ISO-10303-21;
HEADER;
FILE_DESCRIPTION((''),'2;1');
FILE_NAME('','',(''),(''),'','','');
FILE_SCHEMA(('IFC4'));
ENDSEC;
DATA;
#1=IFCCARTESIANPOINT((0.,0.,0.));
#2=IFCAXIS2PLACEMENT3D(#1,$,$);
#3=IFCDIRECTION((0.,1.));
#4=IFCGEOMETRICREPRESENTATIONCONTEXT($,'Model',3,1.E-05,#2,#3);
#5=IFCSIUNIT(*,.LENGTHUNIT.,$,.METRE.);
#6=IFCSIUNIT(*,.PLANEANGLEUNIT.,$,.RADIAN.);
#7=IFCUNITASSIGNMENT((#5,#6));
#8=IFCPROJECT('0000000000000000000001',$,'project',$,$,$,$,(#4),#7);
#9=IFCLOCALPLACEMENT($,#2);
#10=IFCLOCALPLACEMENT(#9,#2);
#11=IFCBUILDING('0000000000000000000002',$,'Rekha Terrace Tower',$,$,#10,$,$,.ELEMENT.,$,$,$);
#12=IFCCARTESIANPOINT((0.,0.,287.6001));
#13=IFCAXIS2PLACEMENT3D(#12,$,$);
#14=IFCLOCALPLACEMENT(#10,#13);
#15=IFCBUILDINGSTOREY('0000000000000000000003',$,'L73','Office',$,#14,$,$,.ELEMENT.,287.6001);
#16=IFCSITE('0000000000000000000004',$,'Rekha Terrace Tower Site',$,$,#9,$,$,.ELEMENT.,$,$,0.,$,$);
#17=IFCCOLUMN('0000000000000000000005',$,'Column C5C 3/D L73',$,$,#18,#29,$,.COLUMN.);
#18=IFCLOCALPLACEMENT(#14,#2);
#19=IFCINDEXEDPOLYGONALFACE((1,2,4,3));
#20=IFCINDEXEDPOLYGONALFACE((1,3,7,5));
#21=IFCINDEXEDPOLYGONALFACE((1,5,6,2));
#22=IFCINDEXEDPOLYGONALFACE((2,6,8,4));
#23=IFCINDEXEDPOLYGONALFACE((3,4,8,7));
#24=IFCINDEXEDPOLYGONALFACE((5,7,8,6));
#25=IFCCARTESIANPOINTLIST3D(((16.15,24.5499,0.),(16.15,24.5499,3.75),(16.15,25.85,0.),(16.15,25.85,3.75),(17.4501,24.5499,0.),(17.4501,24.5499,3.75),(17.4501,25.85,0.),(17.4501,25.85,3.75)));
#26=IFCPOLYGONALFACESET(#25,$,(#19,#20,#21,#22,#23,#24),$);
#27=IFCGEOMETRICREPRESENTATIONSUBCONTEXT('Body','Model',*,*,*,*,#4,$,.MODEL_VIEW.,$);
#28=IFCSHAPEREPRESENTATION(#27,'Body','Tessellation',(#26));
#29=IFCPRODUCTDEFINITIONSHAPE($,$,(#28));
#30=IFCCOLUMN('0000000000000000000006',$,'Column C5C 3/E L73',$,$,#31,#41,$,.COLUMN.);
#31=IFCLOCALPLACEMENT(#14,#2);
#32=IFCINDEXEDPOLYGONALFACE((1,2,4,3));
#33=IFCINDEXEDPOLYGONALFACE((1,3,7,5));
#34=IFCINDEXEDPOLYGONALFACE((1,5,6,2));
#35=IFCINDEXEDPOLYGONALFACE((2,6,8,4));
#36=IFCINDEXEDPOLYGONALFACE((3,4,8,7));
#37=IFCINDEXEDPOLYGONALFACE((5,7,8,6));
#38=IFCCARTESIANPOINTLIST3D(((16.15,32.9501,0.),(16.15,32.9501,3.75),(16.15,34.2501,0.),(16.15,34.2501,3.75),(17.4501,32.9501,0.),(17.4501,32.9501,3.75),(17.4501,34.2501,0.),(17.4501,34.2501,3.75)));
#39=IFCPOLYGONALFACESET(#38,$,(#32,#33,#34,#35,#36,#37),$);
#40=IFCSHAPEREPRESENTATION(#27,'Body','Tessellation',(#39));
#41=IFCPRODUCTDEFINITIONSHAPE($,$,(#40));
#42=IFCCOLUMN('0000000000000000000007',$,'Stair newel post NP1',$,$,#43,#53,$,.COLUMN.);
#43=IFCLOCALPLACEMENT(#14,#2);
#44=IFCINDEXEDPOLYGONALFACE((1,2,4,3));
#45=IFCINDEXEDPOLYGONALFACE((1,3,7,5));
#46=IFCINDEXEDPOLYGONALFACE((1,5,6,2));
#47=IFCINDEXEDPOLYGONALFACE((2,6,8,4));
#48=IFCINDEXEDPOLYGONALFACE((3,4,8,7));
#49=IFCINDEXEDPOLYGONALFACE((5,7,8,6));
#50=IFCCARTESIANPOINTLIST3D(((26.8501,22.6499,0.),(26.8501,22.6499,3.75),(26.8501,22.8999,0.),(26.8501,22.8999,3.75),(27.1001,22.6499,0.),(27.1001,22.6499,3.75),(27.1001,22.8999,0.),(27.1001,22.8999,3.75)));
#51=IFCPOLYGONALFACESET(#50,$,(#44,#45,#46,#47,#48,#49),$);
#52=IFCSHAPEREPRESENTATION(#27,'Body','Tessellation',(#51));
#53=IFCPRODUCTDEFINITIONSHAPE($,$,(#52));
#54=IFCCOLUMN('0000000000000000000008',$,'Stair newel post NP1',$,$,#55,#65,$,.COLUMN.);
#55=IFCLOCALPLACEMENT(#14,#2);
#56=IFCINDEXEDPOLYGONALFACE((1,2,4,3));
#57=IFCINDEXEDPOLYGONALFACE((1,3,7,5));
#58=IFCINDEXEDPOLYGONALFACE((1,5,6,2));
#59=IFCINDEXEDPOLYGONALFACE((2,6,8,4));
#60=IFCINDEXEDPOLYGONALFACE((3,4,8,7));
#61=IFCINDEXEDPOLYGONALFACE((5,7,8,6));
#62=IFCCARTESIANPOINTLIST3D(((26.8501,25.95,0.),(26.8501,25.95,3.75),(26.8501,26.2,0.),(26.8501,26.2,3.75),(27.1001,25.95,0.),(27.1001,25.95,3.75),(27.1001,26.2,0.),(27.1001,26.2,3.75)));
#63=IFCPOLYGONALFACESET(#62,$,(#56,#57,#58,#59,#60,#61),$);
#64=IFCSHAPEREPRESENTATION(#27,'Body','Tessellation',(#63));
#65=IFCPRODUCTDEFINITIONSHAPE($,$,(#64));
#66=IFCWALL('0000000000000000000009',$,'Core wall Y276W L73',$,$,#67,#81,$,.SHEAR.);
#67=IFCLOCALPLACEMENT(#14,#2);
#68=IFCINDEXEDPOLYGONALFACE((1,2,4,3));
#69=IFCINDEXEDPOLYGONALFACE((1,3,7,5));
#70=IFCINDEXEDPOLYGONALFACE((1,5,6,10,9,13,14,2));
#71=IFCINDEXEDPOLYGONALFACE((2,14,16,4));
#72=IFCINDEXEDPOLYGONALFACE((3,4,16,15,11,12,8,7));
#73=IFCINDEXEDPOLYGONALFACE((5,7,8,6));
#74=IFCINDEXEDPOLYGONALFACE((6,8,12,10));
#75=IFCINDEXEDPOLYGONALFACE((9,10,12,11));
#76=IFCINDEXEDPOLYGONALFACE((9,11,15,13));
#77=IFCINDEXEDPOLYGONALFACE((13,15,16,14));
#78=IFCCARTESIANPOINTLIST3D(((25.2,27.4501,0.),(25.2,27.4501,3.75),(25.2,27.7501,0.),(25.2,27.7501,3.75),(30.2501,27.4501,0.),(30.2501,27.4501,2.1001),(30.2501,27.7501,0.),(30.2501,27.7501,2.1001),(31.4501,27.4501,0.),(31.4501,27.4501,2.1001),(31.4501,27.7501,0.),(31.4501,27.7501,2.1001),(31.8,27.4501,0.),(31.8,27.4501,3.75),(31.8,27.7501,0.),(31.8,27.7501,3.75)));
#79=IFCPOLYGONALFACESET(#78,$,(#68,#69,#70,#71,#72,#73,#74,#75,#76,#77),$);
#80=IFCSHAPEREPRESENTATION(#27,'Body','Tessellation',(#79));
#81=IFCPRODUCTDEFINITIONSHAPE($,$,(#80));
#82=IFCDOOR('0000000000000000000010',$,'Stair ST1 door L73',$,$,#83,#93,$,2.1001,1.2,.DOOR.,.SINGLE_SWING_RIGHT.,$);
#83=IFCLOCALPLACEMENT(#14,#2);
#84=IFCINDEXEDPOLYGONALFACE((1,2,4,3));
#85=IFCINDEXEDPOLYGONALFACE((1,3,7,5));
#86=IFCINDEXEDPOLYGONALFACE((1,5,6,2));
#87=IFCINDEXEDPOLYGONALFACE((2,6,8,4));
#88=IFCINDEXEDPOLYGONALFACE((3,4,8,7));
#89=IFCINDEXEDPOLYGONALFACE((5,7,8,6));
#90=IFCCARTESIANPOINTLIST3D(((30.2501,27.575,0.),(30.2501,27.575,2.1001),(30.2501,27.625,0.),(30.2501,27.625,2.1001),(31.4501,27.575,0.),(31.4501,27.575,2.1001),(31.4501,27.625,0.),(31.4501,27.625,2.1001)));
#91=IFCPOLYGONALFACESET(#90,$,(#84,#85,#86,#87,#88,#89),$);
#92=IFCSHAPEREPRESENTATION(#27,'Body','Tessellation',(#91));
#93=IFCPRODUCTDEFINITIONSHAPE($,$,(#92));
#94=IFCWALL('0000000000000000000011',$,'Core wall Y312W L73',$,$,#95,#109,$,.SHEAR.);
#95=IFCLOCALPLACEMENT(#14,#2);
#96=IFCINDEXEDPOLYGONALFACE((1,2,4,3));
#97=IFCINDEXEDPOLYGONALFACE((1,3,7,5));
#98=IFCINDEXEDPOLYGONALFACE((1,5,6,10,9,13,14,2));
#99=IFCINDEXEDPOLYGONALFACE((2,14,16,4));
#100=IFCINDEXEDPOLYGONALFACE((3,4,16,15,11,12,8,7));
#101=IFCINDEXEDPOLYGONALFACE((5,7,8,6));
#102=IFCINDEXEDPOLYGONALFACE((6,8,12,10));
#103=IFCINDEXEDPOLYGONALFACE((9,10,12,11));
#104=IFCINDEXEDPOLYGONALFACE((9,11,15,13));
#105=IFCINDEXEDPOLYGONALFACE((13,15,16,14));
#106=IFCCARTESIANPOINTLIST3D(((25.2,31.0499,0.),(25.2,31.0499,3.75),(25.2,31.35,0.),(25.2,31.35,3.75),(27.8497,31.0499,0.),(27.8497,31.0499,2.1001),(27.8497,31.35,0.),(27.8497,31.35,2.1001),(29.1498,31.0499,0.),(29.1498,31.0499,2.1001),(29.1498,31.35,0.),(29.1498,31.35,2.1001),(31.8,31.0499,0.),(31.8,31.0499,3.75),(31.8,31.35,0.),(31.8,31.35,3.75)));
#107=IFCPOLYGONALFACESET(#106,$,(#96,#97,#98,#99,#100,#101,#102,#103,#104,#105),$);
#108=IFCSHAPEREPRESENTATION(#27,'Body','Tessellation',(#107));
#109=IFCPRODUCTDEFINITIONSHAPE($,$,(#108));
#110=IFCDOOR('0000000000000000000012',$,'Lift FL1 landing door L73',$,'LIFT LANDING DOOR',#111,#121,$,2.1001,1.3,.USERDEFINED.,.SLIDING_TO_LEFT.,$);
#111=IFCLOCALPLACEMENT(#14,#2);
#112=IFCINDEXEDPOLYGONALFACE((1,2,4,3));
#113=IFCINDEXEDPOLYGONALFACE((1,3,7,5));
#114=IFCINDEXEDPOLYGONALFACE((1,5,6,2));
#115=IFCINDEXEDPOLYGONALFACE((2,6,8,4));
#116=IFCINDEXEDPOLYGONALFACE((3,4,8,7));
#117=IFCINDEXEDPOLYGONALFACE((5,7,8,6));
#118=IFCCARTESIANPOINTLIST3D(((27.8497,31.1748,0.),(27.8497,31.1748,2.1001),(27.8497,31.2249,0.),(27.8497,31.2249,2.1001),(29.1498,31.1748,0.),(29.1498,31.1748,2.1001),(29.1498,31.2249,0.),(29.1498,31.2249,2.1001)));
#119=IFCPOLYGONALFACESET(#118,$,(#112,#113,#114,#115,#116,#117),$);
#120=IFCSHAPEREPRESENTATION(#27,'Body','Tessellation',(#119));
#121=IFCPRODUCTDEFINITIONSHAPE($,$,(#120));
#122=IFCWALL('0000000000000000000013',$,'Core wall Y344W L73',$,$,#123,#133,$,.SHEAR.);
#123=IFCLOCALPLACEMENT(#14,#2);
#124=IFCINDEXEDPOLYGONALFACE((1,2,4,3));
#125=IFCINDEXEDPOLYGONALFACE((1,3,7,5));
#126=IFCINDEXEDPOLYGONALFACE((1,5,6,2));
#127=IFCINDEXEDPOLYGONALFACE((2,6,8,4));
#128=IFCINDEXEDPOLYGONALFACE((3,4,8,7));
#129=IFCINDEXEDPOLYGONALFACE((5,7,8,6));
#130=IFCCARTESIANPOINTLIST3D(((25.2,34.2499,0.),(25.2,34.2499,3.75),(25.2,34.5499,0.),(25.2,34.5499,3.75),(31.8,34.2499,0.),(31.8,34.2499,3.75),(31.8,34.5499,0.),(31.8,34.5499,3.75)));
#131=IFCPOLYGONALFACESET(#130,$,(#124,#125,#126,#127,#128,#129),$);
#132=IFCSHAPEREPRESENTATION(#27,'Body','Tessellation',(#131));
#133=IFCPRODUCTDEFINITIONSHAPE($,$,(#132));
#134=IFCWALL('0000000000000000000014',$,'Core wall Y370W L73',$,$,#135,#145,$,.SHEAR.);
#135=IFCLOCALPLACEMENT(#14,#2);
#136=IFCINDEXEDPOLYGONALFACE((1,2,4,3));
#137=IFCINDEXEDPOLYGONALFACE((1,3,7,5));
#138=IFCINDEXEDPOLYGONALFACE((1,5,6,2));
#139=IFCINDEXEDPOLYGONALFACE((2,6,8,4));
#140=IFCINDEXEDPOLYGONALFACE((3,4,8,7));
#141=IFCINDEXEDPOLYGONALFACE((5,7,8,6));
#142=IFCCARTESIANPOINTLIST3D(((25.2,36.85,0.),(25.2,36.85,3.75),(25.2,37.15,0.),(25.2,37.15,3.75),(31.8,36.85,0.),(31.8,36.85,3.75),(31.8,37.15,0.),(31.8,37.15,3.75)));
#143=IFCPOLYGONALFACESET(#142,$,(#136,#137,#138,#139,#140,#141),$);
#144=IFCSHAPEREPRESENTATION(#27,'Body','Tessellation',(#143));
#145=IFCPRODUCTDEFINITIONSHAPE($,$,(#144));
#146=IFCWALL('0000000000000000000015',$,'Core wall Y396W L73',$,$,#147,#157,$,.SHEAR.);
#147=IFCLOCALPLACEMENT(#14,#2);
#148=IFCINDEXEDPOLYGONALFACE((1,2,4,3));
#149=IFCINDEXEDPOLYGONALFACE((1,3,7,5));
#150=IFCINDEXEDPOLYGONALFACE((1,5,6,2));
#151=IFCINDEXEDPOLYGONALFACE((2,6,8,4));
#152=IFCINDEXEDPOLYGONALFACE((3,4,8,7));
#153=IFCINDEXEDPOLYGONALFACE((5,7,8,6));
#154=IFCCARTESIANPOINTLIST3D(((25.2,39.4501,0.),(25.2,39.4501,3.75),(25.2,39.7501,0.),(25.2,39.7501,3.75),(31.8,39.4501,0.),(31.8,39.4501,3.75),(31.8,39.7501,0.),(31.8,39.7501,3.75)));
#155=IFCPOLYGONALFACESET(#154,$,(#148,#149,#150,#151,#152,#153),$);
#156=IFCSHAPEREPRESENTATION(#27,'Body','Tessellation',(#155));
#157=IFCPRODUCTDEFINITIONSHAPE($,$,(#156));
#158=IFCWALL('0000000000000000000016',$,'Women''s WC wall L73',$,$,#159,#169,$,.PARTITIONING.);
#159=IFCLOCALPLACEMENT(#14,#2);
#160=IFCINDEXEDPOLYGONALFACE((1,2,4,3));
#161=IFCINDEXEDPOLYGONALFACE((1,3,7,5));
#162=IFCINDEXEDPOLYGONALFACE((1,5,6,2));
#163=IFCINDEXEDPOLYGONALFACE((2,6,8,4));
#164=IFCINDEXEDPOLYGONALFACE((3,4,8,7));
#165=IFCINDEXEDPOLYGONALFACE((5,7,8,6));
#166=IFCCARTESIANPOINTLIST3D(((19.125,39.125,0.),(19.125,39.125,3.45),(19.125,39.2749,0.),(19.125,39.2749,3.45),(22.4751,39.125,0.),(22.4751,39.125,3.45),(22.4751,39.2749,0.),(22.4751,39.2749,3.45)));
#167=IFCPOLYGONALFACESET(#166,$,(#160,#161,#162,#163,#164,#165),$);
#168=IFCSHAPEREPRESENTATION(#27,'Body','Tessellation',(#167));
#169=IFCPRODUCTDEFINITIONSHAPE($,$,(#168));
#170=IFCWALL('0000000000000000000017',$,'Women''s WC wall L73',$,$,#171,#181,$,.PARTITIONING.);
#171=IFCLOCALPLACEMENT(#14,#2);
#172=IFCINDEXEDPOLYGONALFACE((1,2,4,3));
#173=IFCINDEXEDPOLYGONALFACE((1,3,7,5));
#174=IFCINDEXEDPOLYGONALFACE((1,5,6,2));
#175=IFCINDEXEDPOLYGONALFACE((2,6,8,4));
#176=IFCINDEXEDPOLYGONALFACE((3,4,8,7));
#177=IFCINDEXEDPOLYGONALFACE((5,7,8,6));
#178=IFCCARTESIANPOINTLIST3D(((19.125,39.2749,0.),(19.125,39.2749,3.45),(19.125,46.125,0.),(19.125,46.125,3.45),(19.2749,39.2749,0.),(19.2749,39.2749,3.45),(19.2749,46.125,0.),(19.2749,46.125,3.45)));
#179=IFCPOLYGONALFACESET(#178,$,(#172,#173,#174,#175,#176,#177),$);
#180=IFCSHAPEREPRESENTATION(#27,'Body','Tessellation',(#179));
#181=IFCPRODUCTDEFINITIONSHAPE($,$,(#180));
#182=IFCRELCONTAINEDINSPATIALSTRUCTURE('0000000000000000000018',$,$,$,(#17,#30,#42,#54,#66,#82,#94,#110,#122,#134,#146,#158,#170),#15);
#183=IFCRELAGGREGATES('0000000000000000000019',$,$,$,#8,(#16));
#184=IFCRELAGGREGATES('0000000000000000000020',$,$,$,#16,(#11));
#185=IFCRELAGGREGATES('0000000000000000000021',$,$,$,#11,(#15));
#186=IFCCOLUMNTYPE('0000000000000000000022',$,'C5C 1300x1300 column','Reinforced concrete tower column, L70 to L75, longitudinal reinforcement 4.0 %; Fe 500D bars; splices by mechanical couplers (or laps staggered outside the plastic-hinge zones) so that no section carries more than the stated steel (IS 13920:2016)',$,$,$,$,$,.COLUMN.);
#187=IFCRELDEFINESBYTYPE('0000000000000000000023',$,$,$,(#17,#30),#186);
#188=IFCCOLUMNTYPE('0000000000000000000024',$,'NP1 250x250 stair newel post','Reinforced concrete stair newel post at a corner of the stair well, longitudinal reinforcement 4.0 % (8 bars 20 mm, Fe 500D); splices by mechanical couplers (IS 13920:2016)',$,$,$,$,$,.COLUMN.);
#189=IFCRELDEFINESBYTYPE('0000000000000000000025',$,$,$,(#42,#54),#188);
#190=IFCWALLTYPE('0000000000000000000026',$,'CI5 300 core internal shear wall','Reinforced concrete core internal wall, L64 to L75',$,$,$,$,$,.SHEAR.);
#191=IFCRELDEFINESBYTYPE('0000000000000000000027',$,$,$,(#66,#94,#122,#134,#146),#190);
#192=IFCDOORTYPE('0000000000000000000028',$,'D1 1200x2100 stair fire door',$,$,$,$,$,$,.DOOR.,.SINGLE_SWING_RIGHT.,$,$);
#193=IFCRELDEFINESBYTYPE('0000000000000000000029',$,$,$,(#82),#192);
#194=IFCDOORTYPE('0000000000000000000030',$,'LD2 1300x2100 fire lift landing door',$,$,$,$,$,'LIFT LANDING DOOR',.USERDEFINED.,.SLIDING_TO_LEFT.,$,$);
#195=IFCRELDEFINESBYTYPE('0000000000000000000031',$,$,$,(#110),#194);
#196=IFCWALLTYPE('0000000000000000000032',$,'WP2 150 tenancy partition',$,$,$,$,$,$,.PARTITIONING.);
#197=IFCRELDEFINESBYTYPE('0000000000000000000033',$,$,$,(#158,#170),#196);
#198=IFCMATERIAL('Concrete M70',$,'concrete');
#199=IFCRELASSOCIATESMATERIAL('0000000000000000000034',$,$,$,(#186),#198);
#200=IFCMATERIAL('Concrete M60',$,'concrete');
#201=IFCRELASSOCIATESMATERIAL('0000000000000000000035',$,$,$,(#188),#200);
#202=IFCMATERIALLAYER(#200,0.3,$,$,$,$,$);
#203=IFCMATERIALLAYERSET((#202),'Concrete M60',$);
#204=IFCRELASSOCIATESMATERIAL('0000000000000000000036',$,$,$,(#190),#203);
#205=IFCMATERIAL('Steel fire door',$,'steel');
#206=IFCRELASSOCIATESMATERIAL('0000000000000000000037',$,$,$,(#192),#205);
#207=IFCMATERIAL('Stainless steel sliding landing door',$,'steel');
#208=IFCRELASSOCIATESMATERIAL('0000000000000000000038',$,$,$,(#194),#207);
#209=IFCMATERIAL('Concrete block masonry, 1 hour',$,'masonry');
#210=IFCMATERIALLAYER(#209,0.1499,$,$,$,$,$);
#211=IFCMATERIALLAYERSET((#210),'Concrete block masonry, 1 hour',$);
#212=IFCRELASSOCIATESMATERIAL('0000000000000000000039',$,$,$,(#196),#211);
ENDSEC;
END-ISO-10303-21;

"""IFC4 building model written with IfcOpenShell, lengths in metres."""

from ifc_helpers import new_model, si_unit, direction, frame, frame_2d, origin, origin_2d, place, context, subcontext, project, spatial, rectangle, extrude, material, layer, layer_set, material_profile, profile_set, type_object, element, fill, save


model = new_model("IFC4")

# Units and contexts
model_context = context("Model", 3, precision=1e-05, world=origin(), true_north=direction((0.0, 1.0)))
body_context = subcontext(model_context, "Body", "Model", "MODEL_VIEW")
ifc_project = project(units=[si_unit("LENGTHUNIT", "METRE"), si_unit("PLANEANGLEUNIT", "RADIAN")], contexts=[model_context])

# Site, building, storey
site_placement = place(None, origin())
site = spatial("IfcSite", under=ifc_project, at=site_placement, Name="Rekha Terrace Tower Site", CompositionType="ELEMENT", RefElevation=0.0)
building_placement = place(site_placement, origin())
building = spatial("IfcBuilding", under=site, at=building_placement, Name="Rekha Terrace Tower", CompositionType="ELEMENT")
storey_placement = place(building_placement, frame((0.0, 0.0, 287.6001)))
storey = spatial("IfcBuildingStorey", under=building, at=storey_placement, Name="L73", Description="Office", CompositionType="ELEMENT", Elevation=287.6001)

# Columns
ifc_material_1 = material(Name="Concrete M70", Category="concrete")
ifc_material_profile_1 = material_profile(ifc_material_1, rectangle(XDim=1.3, YDim=1.3, at=origin_2d()), Name="RC 1300x1300")
ifc_profile_set_1 = profile_set([ifc_material_profile_1], Name="Concrete M70")
column_type_1 = type_object("IfcColumnType", Name="C5C 1300x1300 column", Description="Reinforced concrete tower column, L70 to L75, longitudinal reinforcement 4.0 %; Fe 500D bars; splices by mechanical couplers (or laps staggered outside the plastic-hinge zones) so that no section carries more than the stated steel (IS 13920:2016)", PredefinedType="COLUMN", material=ifc_profile_set_1)
for number, where, z_axis, x_axis, name in (
    (1, (16.8, 25.2, 0.0), (0.0, 0.0, 1.0), (1.0, 0.0, 0.0), "Column C5C 3/D L73"),
    (2, (16.8, 33.6001, 0.0), (0.0, 0.0, 1.0), (1.0, 0.0, 0.0), "Column C5C 3/E L73"),
):
    element("IfcColumn", number, at=place(storey_placement, frame(where, z_axis=z_axis, x_axis=x_axis)), inside=storey, type_object=column_type_1, Name=name, PredefinedType="COLUMN", context=body_context, shape_type="SweptSolid", body=[
        extrude(rectangle(XDim=1.3, YDim=1.3, at=origin_2d()), origin(), (0.0, 0.0, 1.0), 3.75),
    ])
ifc_material_2 = material(Name="Concrete M60", Category="concrete")
ifc_material_profile_2 = material_profile(ifc_material_2, rectangle(XDim=0.25, YDim=0.25, at=origin_2d()), Name="RC 250x250")
ifc_profile_set_2 = profile_set([ifc_material_profile_2], Name="Concrete M60")
column_type_2 = type_object("IfcColumnType", Name="NP1 250x250 stair newel post", Description="Reinforced concrete stair newel post at a corner of the stair well, longitudinal reinforcement 4.0 % (8 bars 20 mm, Fe 500D); splices by mechanical couplers (IS 13920:2016)", PredefinedType="COLUMN", material=ifc_profile_set_2)
for number, where, z_axis, x_axis, name in (
    (3, (26.9751, 22.7749, 0.0), (0.0, 0.0, 1.0), (1.0, 0.0, 0.0), "Stair newel post NP1"),
    (4, (26.9751, 26.075, 0.0), (0.0, 0.0, 1.0), (1.0, 0.0, 0.0), "Stair newel post NP1"),
):
    element("IfcColumn", number, at=place(storey_placement, frame(where, z_axis=z_axis, x_axis=x_axis)), inside=storey, type_object=column_type_2, Name=name, PredefinedType="COLUMN", context=body_context, shape_type="SweptSolid", body=[
        extrude(rectangle(XDim=0.25, YDim=0.25, at=origin_2d()), origin(), (0.0, 0.0, 1.0), 3.75),
    ])

# Walls, openings, doors
ifc_layer_1 = layer(ifc_material_2, 0.3)
ifc_layer_set_1 = layer_set([ifc_layer_1], Name="Concrete M60")
wall_type_1 = type_object("IfcWallType", Name="CI5 300 core internal shear wall", Description="Reinforced concrete core internal wall, L64 to L75", PredefinedType="SHEAR", material=ifc_layer_set_1)
wall_1_placement = place(storey_placement, frame((25.2, 27.6001, 0.0), z_axis=(0.0, 0.0, 1.0), x_axis=(1.0, 0.0, 0.0)))
wall_1 = element("IfcWall", 5, at=wall_1_placement, inside=storey, type_object=wall_type_1, Name="Core wall Y276W L73", PredefinedType="SHEAR", context=body_context, shape_type="SweptSolid", body=[
    extrude(rectangle(XDim=6.6001, YDim=0.3, at=frame_2d((3.3, 0.0))), origin(), (0.0, 0.0, 1.0), 3.75),
])
opening_1_placement = place(wall_1_placement, frame((5.05, 0.0, 0.0)))
opening_1 = element("IfcOpeningElement", 6, at=opening_1_placement, cuts=wall_1, PredefinedType="OPENING", context=body_context, shape_type="SweptSolid", body=[
    extrude(rectangle(XDim=1.2, YDim=2.1001, at=frame_2d((0.6001, 1.05))), frame((0.0, 0.1599, 0.0), z_axis=(0.0, -1.0, 0.0), x_axis=(1.0, 0.0, 0.0)), (0.0, 0.0, 1.0), 0.3201),
])
ifc_material_3 = material(Name="Steel fire door", Category="steel")
door_type_1 = type_object("IfcDoorType", Name="D1 1200x2100 stair fire door", OperationType="SINGLE_SWING_RIGHT", PredefinedType="DOOR", material=ifc_material_3)
door_1_placement = place(opening_1_placement, origin())
door_1 = element("IfcDoor", 7, at=door_1_placement, inside=storey, type_object=door_type_1, Name="Stair ST1 door L73", OperationType="SINGLE_SWING_RIGHT", OverallHeight=2.1001, OverallWidth=1.2, PredefinedType="DOOR", context=body_context, shape_type="SweptSolid", body=[
    extrude(rectangle(XDim=1.2, YDim=2.1001, at=frame_2d((0.6001, 1.05))), frame((0.0, 0.0249, 0.0), z_axis=(0.0, -1.0, 0.0), x_axis=(1.0, 0.0, 0.0)), (0.0, 0.0, 1.0), 0.05),
])
fill(opening_1, door_1)
wall_2_placement = place(storey_placement, frame((25.2, 31.2, 0.0), z_axis=(0.0, 0.0, 1.0), x_axis=(1.0, 0.0, 0.0)))
wall_2 = element("IfcWall", 8, at=wall_2_placement, inside=storey, type_object=wall_type_1, Name="Core wall Y312W L73", PredefinedType="SHEAR", context=body_context, shape_type="SweptSolid", body=[
    extrude(rectangle(XDim=6.6001, YDim=0.3, at=frame_2d((3.3, 0.0))), origin(), (0.0, 0.0, 1.0), 3.75),
])
opening_2_placement = place(wall_2_placement, frame((2.6499, 0.0, 0.0)))
opening_2 = element("IfcOpeningElement", 9, at=opening_2_placement, cuts=wall_2, PredefinedType="OPENING", context=body_context, shape_type="SweptSolid", body=[
    extrude(rectangle(XDim=1.3, YDim=2.1001, at=frame_2d((0.6499, 1.05))), frame((0.0, 0.1599, 0.0), z_axis=(0.0, -1.0, 0.0), x_axis=(1.0, 0.0, 0.0)), (0.0, 0.0, 1.0), 0.3201),
])
ifc_material_4 = material(Name="Stainless steel sliding landing door", Category="steel")
door_type_2 = type_object("IfcDoorType", Name="LD2 1300x2100 fire lift landing door", ElementType="LIFT LANDING DOOR", OperationType="SLIDING_TO_LEFT", PredefinedType="USERDEFINED", material=ifc_material_4)
door_2_placement = place(opening_2_placement, origin())
door_2 = element("IfcDoor", 10, at=door_2_placement, inside=storey, type_object=door_type_2, Name="Lift FL1 landing door L73", ObjectType="LIFT LANDING DOOR", OperationType="SLIDING_TO_LEFT", OverallHeight=2.1001, OverallWidth=1.3, PredefinedType="USERDEFINED", context=body_context, shape_type="SweptSolid", body=[
    extrude(rectangle(XDim=1.3, YDim=2.1001, at=frame_2d((0.6499, 1.05))), frame((0.0, 0.0249, 0.0), z_axis=(0.0, -1.0, 0.0), x_axis=(1.0, 0.0, 0.0)), (0.0, 0.0, 1.0), 0.05),
])
fill(opening_2, door_2)

# Walls
for number, where, z_axis, x_axis, name in (
    (11, (25.2, 34.3999, 0.0), (0.0, 0.0, 1.0), (1.0, 0.0, 0.0), "Core wall Y344W L73"),
    (12, (25.2, 37.0, 0.0), (0.0, 0.0, 1.0), (1.0, 0.0, 0.0), "Core wall Y370W L73"),
    (13, (25.2, 39.6001, 0.0), (0.0, 0.0, 1.0), (1.0, 0.0, 0.0), "Core wall Y396W L73"),
):
    element("IfcWall", number, at=place(storey_placement, frame(where, z_axis=z_axis, x_axis=x_axis)), inside=storey, type_object=wall_type_1, Name=name, PredefinedType="SHEAR", context=body_context, shape_type="SweptSolid", body=[
        extrude(rectangle(XDim=6.6001, YDim=0.3, at=frame_2d((3.3, 0.0))), origin(), (0.0, 0.0, 1.0), 3.75),
    ])
ifc_material_5 = material(Name="Concrete block masonry, 1 hour", Category="masonry")
ifc_layer_2 = layer(ifc_material_5, 0.1499)
ifc_layer_set_2 = layer_set([ifc_layer_2], Name="Concrete block masonry, 1 hour")
wall_type_2 = type_object("IfcWallType", Name="WP2 150 tenancy partition", PredefinedType="PARTITIONING", material=ifc_layer_set_2)
wall_3_placement = place(storey_placement, frame((19.125, 39.2, 0.0), z_axis=(0.0, 0.0, 1.0), x_axis=(1.0, 0.0, 0.0)))
element("IfcWall", 14, at=wall_3_placement, inside=storey, type_object=wall_type_2, Name="Women's WC wall L73", PredefinedType="PARTITIONING", context=body_context, shape_type="SweptSolid", body=[
    extrude(rectangle(XDim=3.3501, YDim=0.1499, at=frame_2d((1.675, 0.0))), origin(), (0.0, 0.0, 1.0), 3.45),
])
wall_4_placement = place(storey_placement, frame((19.2, 39.2749, 0.0), z_axis=(0.0, 0.0, 1.0), x_axis=(0.0, 1.0, 0.0)))
element("IfcWall", 15, at=wall_4_placement, inside=storey, type_object=wall_type_2, Name="Women's WC wall L73", PredefinedType="PARTITIONING", context=body_context, shape_type="SweptSolid", body=[
    extrude(rectangle(XDim=6.8501, YDim=0.1499, at=frame_2d((3.425, 0.0))), origin(), (0.0, 0.0, 1.0), 3.45),
])

save(model, "model.ifc")
